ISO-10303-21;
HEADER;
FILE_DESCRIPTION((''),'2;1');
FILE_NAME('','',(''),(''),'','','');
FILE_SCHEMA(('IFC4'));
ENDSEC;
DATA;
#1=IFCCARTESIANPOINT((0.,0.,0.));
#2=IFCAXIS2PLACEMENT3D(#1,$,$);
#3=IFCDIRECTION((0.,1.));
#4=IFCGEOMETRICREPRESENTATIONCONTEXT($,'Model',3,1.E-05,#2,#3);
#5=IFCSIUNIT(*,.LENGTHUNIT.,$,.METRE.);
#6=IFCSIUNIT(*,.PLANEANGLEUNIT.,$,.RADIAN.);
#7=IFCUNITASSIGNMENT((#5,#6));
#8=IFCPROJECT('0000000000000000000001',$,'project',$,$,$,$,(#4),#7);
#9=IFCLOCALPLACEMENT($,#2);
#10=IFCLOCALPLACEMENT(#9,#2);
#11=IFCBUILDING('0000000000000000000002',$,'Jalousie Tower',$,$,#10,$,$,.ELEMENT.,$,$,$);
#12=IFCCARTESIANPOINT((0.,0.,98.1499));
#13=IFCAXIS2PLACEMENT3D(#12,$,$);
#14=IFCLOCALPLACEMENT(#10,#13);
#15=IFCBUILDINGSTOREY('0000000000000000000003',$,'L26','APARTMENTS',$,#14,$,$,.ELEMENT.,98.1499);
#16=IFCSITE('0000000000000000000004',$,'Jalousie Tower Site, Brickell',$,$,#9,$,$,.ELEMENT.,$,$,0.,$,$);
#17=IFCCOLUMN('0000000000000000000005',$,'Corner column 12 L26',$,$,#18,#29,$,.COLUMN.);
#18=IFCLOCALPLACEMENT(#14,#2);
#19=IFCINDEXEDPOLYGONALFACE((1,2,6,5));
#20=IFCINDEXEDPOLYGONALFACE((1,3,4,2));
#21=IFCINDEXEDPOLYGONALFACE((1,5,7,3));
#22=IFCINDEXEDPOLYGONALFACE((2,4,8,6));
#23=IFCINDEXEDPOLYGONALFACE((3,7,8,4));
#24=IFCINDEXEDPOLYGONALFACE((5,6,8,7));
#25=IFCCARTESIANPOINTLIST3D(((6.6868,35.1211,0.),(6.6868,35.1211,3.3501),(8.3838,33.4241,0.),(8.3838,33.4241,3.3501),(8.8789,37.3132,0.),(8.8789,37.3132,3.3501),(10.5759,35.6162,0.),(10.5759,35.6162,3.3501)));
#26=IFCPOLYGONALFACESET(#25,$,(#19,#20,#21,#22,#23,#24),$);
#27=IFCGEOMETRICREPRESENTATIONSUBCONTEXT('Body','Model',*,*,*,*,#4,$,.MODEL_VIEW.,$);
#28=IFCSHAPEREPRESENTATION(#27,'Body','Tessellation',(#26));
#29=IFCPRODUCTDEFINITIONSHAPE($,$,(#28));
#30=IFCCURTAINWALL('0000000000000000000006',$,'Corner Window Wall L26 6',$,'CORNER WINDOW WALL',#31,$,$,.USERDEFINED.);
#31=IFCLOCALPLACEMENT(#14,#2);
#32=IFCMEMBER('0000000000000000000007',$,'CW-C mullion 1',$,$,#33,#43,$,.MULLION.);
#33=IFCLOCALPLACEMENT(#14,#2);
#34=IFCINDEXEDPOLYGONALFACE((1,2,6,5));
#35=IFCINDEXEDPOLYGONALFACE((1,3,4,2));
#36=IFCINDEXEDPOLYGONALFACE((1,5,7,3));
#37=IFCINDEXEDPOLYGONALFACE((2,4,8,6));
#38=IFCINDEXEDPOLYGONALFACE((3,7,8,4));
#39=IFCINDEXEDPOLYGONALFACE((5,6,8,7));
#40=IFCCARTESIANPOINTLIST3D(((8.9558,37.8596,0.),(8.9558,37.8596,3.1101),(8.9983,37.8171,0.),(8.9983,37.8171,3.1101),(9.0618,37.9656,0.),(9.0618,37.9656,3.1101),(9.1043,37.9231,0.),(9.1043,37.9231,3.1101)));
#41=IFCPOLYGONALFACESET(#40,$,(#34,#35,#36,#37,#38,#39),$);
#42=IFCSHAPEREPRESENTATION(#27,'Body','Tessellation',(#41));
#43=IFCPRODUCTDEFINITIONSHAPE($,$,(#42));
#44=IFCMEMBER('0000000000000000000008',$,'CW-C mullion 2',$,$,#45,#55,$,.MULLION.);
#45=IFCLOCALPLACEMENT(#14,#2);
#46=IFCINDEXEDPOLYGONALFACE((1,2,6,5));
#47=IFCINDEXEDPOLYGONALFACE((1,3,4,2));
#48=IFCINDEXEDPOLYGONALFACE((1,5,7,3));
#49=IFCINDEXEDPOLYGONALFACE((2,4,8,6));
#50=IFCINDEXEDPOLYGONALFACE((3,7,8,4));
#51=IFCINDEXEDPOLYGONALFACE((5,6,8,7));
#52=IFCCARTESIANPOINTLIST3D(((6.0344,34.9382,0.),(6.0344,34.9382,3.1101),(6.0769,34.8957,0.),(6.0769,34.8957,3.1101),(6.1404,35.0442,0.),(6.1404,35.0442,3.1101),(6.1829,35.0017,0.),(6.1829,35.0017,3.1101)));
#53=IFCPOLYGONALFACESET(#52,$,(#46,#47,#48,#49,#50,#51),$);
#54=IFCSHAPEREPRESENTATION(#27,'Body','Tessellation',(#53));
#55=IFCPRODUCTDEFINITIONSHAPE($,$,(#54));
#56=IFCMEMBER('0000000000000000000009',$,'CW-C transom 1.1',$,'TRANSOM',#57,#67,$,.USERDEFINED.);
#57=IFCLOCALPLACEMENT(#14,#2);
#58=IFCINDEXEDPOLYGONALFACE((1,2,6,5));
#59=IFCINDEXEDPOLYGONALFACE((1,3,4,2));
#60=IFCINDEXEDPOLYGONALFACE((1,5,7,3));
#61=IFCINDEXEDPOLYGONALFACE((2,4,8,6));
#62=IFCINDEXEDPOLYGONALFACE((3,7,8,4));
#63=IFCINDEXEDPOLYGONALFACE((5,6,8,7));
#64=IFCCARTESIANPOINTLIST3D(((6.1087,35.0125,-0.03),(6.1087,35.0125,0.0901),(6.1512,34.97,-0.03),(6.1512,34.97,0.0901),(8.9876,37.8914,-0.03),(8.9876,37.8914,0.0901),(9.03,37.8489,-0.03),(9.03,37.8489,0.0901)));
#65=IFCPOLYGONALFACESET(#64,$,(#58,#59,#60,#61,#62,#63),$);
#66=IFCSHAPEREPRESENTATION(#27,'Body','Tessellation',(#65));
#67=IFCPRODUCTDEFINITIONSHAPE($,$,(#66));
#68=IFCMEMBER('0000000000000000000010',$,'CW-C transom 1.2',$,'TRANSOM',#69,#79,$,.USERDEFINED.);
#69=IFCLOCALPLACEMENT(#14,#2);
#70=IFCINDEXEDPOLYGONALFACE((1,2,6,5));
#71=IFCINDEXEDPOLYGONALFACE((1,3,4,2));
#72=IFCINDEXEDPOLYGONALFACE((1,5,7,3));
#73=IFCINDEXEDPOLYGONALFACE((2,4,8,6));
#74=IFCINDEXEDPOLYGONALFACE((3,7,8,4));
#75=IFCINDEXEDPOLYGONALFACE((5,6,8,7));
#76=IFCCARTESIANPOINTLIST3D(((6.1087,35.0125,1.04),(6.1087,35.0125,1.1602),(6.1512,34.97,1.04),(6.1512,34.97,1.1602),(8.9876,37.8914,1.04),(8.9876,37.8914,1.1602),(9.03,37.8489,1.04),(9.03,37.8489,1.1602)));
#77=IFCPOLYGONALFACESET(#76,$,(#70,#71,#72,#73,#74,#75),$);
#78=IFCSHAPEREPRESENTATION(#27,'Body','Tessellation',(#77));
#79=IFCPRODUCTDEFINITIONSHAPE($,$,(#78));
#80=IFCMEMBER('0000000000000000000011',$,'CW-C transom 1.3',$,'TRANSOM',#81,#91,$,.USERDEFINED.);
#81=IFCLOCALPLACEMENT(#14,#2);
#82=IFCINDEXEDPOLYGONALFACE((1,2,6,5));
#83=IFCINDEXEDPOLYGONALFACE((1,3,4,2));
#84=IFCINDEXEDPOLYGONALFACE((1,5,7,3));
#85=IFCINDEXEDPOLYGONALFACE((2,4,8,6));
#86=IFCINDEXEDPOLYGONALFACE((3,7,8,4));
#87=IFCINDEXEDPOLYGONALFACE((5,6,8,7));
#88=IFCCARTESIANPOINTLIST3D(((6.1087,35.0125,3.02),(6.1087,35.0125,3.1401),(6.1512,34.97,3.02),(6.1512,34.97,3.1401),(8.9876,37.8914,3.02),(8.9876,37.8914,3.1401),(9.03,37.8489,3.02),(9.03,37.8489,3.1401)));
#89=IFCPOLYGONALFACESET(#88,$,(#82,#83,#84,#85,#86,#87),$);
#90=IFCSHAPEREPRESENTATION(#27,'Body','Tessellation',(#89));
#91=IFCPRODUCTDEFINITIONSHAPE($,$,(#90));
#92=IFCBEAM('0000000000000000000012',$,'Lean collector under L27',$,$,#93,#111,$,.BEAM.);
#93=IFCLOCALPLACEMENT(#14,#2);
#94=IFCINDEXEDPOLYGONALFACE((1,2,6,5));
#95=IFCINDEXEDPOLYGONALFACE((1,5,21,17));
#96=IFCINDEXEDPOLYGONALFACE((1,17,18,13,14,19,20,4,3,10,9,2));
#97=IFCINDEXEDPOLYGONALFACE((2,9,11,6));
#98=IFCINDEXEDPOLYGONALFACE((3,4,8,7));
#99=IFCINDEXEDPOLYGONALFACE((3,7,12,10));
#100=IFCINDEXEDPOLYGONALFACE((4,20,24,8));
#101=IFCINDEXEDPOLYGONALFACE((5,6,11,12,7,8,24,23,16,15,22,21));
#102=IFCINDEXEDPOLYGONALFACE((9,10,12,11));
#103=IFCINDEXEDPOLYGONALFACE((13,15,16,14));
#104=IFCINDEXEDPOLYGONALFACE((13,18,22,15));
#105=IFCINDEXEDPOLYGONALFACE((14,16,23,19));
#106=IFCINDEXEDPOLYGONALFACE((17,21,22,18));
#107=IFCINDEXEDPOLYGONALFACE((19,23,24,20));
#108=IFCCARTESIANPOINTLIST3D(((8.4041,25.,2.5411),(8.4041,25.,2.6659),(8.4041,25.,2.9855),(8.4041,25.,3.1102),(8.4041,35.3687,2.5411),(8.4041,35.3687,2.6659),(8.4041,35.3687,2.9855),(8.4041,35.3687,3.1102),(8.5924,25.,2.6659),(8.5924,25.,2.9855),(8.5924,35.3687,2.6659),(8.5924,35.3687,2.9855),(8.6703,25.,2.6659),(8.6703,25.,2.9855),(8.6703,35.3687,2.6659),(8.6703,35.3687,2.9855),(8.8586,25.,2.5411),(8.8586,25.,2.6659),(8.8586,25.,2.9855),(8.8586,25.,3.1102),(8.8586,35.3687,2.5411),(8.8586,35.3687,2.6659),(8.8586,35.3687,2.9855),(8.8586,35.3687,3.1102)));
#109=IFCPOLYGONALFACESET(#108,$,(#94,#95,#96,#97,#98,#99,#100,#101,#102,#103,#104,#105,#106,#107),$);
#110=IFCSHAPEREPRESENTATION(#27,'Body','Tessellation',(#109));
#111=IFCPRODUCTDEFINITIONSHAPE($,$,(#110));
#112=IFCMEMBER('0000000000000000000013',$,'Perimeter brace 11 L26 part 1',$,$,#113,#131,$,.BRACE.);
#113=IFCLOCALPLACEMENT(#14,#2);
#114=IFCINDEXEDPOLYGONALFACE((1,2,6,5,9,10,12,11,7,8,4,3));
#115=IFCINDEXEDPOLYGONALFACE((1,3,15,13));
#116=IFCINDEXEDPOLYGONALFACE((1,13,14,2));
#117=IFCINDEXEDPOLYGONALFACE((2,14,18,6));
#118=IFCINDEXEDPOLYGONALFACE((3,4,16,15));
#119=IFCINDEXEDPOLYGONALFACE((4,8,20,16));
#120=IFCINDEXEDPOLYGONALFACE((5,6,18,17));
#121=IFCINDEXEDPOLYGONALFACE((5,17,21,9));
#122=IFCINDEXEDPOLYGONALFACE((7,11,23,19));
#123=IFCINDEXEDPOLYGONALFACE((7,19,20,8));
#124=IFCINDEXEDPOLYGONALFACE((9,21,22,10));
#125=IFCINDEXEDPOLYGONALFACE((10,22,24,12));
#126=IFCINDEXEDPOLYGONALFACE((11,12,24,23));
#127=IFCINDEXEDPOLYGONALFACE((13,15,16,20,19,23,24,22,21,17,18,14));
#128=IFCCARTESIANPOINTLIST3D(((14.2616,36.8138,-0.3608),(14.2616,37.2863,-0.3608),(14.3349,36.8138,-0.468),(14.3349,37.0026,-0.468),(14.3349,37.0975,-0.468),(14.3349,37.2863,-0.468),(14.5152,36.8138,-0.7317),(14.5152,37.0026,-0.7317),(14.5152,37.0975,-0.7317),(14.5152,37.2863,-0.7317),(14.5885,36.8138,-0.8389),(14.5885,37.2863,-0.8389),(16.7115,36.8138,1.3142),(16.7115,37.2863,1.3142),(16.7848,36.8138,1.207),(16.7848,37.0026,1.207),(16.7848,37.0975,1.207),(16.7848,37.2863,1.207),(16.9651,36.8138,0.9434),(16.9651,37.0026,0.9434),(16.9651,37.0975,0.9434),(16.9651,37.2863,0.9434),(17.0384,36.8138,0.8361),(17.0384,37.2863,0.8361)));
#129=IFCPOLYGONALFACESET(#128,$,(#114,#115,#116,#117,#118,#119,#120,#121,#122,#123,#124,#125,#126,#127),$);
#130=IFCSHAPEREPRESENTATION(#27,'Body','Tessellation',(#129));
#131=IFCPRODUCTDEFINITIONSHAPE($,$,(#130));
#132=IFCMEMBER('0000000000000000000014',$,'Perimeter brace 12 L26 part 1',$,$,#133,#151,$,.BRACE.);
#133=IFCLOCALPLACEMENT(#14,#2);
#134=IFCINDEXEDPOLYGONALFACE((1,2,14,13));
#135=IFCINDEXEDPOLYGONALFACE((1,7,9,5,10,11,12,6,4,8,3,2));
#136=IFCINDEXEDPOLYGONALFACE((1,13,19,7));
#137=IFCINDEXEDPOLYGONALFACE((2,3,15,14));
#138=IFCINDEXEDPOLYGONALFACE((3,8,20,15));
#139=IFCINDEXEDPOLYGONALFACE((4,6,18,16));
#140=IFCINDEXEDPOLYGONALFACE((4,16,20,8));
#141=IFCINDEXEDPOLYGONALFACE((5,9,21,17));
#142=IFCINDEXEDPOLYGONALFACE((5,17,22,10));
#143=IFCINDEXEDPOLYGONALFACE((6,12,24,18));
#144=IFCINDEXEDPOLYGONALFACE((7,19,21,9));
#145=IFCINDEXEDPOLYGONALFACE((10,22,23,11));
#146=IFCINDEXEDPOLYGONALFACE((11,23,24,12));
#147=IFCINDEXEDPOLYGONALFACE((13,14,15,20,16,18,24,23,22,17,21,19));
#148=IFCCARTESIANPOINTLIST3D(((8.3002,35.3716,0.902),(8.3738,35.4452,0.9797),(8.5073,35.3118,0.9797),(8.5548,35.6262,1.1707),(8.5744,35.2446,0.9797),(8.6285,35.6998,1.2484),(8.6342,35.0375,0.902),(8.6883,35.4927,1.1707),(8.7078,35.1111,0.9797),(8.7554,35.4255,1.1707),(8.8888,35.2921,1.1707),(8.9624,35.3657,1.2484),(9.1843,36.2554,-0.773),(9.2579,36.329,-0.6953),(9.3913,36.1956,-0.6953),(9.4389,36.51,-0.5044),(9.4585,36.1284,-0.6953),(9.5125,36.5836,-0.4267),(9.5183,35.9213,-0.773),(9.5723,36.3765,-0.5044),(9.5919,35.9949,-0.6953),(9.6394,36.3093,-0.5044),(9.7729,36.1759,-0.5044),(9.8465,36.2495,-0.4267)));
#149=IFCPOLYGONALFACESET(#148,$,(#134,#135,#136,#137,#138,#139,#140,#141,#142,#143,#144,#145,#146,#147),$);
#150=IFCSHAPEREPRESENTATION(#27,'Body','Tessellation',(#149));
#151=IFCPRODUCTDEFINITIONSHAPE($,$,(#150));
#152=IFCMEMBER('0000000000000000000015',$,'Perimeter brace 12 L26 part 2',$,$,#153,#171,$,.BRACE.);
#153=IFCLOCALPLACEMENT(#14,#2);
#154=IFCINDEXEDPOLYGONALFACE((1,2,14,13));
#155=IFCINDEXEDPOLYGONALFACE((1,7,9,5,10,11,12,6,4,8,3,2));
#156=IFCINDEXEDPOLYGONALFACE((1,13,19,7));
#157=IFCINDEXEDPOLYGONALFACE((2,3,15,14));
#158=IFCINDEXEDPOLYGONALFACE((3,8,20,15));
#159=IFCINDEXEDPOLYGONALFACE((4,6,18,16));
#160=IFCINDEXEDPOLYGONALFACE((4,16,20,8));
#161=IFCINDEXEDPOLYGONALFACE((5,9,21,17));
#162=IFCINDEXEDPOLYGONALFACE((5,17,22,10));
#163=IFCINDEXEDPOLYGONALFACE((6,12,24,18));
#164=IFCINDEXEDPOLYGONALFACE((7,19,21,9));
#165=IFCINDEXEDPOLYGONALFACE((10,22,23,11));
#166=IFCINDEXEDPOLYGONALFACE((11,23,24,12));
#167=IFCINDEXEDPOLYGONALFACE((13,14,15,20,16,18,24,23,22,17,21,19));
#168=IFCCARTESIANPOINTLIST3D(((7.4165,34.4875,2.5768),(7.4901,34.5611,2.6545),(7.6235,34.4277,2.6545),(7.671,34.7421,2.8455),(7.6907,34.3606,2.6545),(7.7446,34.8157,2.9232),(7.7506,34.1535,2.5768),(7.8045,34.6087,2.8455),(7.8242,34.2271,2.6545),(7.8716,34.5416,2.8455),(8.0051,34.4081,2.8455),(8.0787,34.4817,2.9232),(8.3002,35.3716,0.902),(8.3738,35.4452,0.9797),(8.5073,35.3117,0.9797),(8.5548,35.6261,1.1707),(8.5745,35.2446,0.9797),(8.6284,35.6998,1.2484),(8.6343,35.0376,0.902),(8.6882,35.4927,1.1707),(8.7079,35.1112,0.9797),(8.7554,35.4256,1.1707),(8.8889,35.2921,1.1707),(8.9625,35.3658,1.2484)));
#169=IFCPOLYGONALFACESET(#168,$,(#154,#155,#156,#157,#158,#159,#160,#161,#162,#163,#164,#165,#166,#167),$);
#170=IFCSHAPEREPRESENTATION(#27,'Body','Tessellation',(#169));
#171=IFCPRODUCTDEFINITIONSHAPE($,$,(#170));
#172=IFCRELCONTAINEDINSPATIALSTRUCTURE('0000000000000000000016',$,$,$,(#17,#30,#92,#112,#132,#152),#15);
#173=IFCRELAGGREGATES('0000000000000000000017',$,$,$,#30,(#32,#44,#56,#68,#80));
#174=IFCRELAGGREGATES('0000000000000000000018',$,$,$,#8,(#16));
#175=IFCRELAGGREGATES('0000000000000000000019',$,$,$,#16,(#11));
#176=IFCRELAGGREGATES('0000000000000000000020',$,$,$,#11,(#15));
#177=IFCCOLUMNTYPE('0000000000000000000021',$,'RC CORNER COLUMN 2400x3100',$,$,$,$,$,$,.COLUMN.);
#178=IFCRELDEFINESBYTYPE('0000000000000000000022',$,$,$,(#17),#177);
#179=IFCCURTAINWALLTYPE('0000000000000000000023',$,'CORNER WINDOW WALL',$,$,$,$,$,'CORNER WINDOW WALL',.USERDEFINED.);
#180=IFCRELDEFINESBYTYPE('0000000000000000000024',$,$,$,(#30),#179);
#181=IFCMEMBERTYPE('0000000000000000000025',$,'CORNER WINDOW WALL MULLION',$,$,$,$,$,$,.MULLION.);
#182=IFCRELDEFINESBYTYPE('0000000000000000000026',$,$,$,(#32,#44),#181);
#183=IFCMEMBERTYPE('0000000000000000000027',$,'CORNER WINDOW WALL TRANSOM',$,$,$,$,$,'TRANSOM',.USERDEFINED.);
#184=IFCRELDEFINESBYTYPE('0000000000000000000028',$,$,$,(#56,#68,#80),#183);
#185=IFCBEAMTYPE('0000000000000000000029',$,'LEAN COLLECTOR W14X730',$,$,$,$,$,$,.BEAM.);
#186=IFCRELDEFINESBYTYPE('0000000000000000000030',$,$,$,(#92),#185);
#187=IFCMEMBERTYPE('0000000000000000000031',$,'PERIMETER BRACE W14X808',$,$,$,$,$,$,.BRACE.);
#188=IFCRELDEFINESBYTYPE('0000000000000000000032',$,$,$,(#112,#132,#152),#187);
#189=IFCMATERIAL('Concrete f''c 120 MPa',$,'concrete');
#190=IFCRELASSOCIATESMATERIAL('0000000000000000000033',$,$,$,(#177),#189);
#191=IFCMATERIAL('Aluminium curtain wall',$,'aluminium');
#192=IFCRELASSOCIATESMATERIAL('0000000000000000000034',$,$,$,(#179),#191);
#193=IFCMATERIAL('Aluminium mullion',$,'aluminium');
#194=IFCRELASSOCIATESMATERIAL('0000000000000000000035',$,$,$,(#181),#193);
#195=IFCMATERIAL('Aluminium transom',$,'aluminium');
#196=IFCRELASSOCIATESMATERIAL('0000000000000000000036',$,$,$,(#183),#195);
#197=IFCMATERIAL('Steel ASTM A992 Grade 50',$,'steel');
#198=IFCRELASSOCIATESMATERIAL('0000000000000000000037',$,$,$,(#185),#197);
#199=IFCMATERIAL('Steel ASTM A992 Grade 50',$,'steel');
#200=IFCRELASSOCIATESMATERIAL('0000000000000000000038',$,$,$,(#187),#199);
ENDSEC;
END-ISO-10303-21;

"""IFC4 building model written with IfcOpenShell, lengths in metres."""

from ifc_helpers import new_model, si_unit, direction, frame, origin, origin_2d, place, context, subcontext, project, spatial, rectangle, i_section, extrude, material, material_profile, profile_set, type_object, element, aggregate, save


model = new_model("IFC4")

# Units and contexts
model_context = context("Model", 3, precision=1e-05, world=origin(), true_north=direction((0.0, 1.0)))
body_context = subcontext(model_context, "Body", "Model", "MODEL_VIEW")
ifc_project = project(units=[si_unit("LENGTHUNIT", "METRE"), si_unit("PLANEANGLEUNIT", "RADIAN")], contexts=[model_context])

# Site, building, storey
site_placement = place(None, origin())
site = spatial("IfcSite", under=ifc_project, at=site_placement, Name="Jalousie Tower Site, Brickell", CompositionType="ELEMENT", RefElevation=0.0)
building_placement = place(site_placement, origin())
building = spatial("IfcBuilding", under=site, at=building_placement, Name="Jalousie Tower", CompositionType="ELEMENT")
storey_placement = place(building_placement, frame((0.0, 0.0, 98.1499)))
storey = spatial("IfcBuildingStorey", under=building, at=storey_placement, Name="L26", Description="APARTMENTS", CompositionType="ELEMENT", Elevation=98.1499)

# Column
ifc_material_1 = material(Name="Concrete f'c 120 MPa", Category="concrete")
ifc_material_profile_1 = material_profile(ifc_material_1, rectangle(XDim=2.3999, YDim=3.1001, at=origin_2d()), Name="RC 2400x3100")
ifc_profile_set_1 = profile_set([ifc_material_profile_1], Name="Concrete f'c 120 MPa")
column_type = type_object("IfcColumnType", Name="RC CORNER COLUMN 2400x3100", PredefinedType="COLUMN", material=ifc_profile_set_1)
column_placement = place(storey_placement, frame((8.6313, 35.3687, 0.0), z_axis=(0.0, 0.0, 1.0), x_axis=(0.707107, -0.707107, 0.0)))
element("IfcColumn", 1, at=column_placement, inside=storey, type_object=column_type, Name="Corner column 12 L26", PredefinedType="COLUMN", context=body_context, shape_type="SweptSolid", body=[
    extrude(rectangle(XDim=2.3999, YDim=3.1001, at=origin_2d()), origin(), (0.0, 0.0, 1.0), 3.3501),
])

# Curtain wall, members
ifc_material_2 = material(Name="Aluminium curtain wall", Category="aluminium")
curtain_wall_type_1 = type_object("IfcCurtainWallType", Name="CORNER WINDOW WALL", ElementType="CORNER WINDOW WALL", PredefinedType="USERDEFINED", material=ifc_material_2)
curtain_wall_1_placement = place(storey_placement, origin())
curtain_wall_1 = element("IfcCurtainWall", 2, at=curtain_wall_1_placement, inside=storey, type_object=curtain_wall_type_1, Name="Corner Window Wall L26 6", ObjectType="CORNER WINDOW WALL", PredefinedType="USERDEFINED")
ifc_material_3 = material(Name="Aluminium mullion", Category="aluminium")
ifc_material_profile_2 = material_profile(ifc_material_3, rectangle(XDim=0.0601, YDim=0.1499, at=origin_2d()), Name="MULLION 60x150")
ifc_profile_set_2 = profile_set([ifc_material_profile_2], Name="Aluminium mullion")
member_type_1 = type_object("IfcMemberType", Name="CORNER WINDOW WALL MULLION", PredefinedType="MULLION", material=ifc_profile_set_2)
member_1_placement = place(storey_placement, frame((9.03, 37.8914, 0.0), z_axis=(0.0, 0.0, 1.0), x_axis=(0.707107, -0.707107, 0.0)))
member_1 = element("IfcMember", 3, at=member_1_placement, type_object=member_type_1, Name="CW-C mullion 1", PredefinedType="MULLION", context=body_context, shape_type="SweptSolid", body=[
    extrude(rectangle(XDim=0.0601, YDim=0.1499, at=origin_2d()), origin(), (0.0, 0.0, 1.0), 3.1101),
])
member_2_placement = place(storey_placement, frame((6.1086, 34.97, 0.0), z_axis=(0.0, 0.0, 1.0), x_axis=(0.707107, -0.707107, 0.0)))
member_2 = element("IfcMember", 4, at=member_2_placement, type_object=member_type_1, Name="CW-C mullion 2", PredefinedType="MULLION", context=body_context, shape_type="SweptSolid", body=[
    extrude(rectangle(XDim=0.0601, YDim=0.1499, at=origin_2d()), origin(), (0.0, 0.0, 1.0), 3.1101),
])
ifc_material_4 = material(Name="Aluminium transom", Category="aluminium")
ifc_material_profile_3 = material_profile(ifc_material_4, rectangle(XDim=0.0601, YDim=0.1201, at=origin_2d()), Name="TRANSOM 60x120")
ifc_profile_set_3 = profile_set([ifc_material_profile_3], Name="Aluminium transom")
member_type_2 = type_object("IfcMemberType", Name="CORNER WINDOW WALL TRANSOM", ElementType="TRANSOM", PredefinedType="USERDEFINED", material=ifc_profile_set_3)
member_3_placement = place(storey_placement, frame((9.0088, 37.8701, 0.03), z_axis=(-0.707107, -0.707107, 0.0), x_axis=(0.707107, -0.707107, 0.0)))
member_3 = element("IfcMember", 5, at=member_3_placement, type_object=member_type_2, Name="CW-C transom 1.1", ObjectType="TRANSOM", PredefinedType="USERDEFINED", context=body_context, shape_type="SweptSolid", body=[
    extrude(rectangle(XDim=0.0601, YDim=0.1201, at=origin_2d()), origin(), (0.0, 0.0, 1.0), 4.0713),
])
member_4_placement = place(storey_placement, frame((9.0088, 37.8701, 1.1001), z_axis=(-0.707107, -0.707107, 0.0), x_axis=(0.707107, -0.707107, 0.0)))
member_4 = element("IfcMember", 6, at=member_4_placement, type_object=member_type_2, Name="CW-C transom 1.2", ObjectType="TRANSOM", PredefinedType="USERDEFINED", context=body_context, shape_type="SweptSolid", body=[
    extrude(rectangle(XDim=0.0601, YDim=0.1201, at=origin_2d()), origin(), (0.0, 0.0, 1.0), 4.0713),
])
member_5_placement = place(storey_placement, frame((9.0088, 37.8701, 3.0801), z_axis=(-0.707107, -0.707107, 0.0), x_axis=(0.707107, -0.707107, 0.0)))
member_5 = element("IfcMember", 7, at=member_5_placement, type_object=member_type_2, Name="CW-C transom 1.3", ObjectType="TRANSOM", PredefinedType="USERDEFINED", context=body_context, shape_type="SweptSolid", body=[
    extrude(rectangle(XDim=0.0601, YDim=0.1201, at=origin_2d()), origin(), (0.0, 0.0, 1.0), 4.0713),
])

# Beam
ifc_material_5 = material(Name="Steel ASTM A992 Grade 50", Category="steel")
ifc_material_profile_4 = material_profile(ifc_material_5, i_section(OverallWidth=0.4546, OverallDepth=0.5691, WebThickness=0.0779, FlangeThickness=0.1248, at=origin_2d()), Name="W14X730")
ifc_profile_set_4 = profile_set([ifc_material_profile_4], Name="Steel ASTM A992 Grade 50")
beam_type_1 = type_object("IfcBeamType", Name="LEAN COLLECTOR W14X730", PredefinedType="BEAM", material=ifc_profile_set_4)
beam_1_placement = place(storey_placement, frame((8.6313, 35.3687, 2.8257), z_axis=(0.0, -1.0, 0.0), x_axis=(1.0, 0.0, 0.0)))
element("IfcBeam", 8, at=beam_1_placement, inside=storey, type_object=beam_type_1, Name="Lean collector under L27", PredefinedType="BEAM", context=body_context, shape_type="SweptSolid", body=[
    extrude(i_section(OverallWidth=0.4546, OverallDepth=0.5691, WebThickness=0.0779, FlangeThickness=0.1248, at=origin_2d()), origin(), (0.0, 0.0, 1.0), 10.3687),
])

# Members
ifc_material_6 = material(Name="Steel ASTM A992 Grade 50", Category="steel")
ifc_material_profile_5 = material_profile(ifc_material_6, i_section(OverallWidth=0.4724, OverallDepth=0.5791, WebThickness=0.095, FlangeThickness=0.1299, at=origin_2d()), Name="W14X808")
ifc_profile_set_5 = profile_set([ifc_material_profile_5], Name="Steel ASTM A992 Grade 50")
member_type_3 = type_object("IfcMemberType", Name="PERIMETER BRACE W14X808", PredefinedType="BRACE", material=ifc_profile_set_5)
member_6_placement = place(storey_placement, frame((14.425, 37.05, -0.5999), z_axis=(0.825501, 0.0, 0.564401), x_axis=(0.0, 1.0, 0.0)))
element("IfcMember", 9, at=member_6_placement, inside=storey, type_object=member_type_3, Name="Perimeter brace 11 L26 part 1", PredefinedType="BRACE", context=body_context, shape_type="SweptSolid", body=[
    extrude(i_section(OverallWidth=0.4724, OverallDepth=0.5791, WebThickness=0.095, FlangeThickness=0.1299, at=origin_2d()), origin(), (0.0, 0.0, 1.0), 2.9678),
])
member_7_placement = place(storey_placement, frame((9.5154, 36.2524, -0.5999), z_axis=(-0.422969, -0.422852, 0.801432), x_axis=(0.707009, -0.707204, 0.0)))
element("IfcMember", 10, at=member_7_placement, inside=storey, type_object=member_type_3, Name="Perimeter brace 12 L26 part 1", PredefinedType="BRACE", context=body_context, shape_type="SweptSolid", body=[
    extrude(i_section(OverallWidth=0.4724, OverallDepth=0.5791, WebThickness=0.095, FlangeThickness=0.1299, at=origin_2d()), origin(), (0.0, 0.0, 1.0), 2.0901),
])
member_8_placement = place(storey_placement, frame((8.6313, 35.3687, 1.0752), z_axis=(-0.422891, -0.423008, 0.801391), x_axis=(0.707204, -0.707009, 0.0)))
element("IfcMember", 11, at=member_8_placement, inside=storey, type_object=member_type_3, Name="Perimeter brace 12 L26 part 2", PredefinedType="BRACE", context=body_context, shape_type="SweptSolid", body=[
    extrude(i_section(OverallWidth=0.4724, OverallDepth=0.5791, WebThickness=0.095, FlangeThickness=0.1299, at=origin_2d()), origin(), (0.0, 0.0, 1.0), 2.0898),
])

aggregate(curtain_wall_1, [member_1, member_2, member_3, member_4, member_5])

save(model, "model.ifc")
